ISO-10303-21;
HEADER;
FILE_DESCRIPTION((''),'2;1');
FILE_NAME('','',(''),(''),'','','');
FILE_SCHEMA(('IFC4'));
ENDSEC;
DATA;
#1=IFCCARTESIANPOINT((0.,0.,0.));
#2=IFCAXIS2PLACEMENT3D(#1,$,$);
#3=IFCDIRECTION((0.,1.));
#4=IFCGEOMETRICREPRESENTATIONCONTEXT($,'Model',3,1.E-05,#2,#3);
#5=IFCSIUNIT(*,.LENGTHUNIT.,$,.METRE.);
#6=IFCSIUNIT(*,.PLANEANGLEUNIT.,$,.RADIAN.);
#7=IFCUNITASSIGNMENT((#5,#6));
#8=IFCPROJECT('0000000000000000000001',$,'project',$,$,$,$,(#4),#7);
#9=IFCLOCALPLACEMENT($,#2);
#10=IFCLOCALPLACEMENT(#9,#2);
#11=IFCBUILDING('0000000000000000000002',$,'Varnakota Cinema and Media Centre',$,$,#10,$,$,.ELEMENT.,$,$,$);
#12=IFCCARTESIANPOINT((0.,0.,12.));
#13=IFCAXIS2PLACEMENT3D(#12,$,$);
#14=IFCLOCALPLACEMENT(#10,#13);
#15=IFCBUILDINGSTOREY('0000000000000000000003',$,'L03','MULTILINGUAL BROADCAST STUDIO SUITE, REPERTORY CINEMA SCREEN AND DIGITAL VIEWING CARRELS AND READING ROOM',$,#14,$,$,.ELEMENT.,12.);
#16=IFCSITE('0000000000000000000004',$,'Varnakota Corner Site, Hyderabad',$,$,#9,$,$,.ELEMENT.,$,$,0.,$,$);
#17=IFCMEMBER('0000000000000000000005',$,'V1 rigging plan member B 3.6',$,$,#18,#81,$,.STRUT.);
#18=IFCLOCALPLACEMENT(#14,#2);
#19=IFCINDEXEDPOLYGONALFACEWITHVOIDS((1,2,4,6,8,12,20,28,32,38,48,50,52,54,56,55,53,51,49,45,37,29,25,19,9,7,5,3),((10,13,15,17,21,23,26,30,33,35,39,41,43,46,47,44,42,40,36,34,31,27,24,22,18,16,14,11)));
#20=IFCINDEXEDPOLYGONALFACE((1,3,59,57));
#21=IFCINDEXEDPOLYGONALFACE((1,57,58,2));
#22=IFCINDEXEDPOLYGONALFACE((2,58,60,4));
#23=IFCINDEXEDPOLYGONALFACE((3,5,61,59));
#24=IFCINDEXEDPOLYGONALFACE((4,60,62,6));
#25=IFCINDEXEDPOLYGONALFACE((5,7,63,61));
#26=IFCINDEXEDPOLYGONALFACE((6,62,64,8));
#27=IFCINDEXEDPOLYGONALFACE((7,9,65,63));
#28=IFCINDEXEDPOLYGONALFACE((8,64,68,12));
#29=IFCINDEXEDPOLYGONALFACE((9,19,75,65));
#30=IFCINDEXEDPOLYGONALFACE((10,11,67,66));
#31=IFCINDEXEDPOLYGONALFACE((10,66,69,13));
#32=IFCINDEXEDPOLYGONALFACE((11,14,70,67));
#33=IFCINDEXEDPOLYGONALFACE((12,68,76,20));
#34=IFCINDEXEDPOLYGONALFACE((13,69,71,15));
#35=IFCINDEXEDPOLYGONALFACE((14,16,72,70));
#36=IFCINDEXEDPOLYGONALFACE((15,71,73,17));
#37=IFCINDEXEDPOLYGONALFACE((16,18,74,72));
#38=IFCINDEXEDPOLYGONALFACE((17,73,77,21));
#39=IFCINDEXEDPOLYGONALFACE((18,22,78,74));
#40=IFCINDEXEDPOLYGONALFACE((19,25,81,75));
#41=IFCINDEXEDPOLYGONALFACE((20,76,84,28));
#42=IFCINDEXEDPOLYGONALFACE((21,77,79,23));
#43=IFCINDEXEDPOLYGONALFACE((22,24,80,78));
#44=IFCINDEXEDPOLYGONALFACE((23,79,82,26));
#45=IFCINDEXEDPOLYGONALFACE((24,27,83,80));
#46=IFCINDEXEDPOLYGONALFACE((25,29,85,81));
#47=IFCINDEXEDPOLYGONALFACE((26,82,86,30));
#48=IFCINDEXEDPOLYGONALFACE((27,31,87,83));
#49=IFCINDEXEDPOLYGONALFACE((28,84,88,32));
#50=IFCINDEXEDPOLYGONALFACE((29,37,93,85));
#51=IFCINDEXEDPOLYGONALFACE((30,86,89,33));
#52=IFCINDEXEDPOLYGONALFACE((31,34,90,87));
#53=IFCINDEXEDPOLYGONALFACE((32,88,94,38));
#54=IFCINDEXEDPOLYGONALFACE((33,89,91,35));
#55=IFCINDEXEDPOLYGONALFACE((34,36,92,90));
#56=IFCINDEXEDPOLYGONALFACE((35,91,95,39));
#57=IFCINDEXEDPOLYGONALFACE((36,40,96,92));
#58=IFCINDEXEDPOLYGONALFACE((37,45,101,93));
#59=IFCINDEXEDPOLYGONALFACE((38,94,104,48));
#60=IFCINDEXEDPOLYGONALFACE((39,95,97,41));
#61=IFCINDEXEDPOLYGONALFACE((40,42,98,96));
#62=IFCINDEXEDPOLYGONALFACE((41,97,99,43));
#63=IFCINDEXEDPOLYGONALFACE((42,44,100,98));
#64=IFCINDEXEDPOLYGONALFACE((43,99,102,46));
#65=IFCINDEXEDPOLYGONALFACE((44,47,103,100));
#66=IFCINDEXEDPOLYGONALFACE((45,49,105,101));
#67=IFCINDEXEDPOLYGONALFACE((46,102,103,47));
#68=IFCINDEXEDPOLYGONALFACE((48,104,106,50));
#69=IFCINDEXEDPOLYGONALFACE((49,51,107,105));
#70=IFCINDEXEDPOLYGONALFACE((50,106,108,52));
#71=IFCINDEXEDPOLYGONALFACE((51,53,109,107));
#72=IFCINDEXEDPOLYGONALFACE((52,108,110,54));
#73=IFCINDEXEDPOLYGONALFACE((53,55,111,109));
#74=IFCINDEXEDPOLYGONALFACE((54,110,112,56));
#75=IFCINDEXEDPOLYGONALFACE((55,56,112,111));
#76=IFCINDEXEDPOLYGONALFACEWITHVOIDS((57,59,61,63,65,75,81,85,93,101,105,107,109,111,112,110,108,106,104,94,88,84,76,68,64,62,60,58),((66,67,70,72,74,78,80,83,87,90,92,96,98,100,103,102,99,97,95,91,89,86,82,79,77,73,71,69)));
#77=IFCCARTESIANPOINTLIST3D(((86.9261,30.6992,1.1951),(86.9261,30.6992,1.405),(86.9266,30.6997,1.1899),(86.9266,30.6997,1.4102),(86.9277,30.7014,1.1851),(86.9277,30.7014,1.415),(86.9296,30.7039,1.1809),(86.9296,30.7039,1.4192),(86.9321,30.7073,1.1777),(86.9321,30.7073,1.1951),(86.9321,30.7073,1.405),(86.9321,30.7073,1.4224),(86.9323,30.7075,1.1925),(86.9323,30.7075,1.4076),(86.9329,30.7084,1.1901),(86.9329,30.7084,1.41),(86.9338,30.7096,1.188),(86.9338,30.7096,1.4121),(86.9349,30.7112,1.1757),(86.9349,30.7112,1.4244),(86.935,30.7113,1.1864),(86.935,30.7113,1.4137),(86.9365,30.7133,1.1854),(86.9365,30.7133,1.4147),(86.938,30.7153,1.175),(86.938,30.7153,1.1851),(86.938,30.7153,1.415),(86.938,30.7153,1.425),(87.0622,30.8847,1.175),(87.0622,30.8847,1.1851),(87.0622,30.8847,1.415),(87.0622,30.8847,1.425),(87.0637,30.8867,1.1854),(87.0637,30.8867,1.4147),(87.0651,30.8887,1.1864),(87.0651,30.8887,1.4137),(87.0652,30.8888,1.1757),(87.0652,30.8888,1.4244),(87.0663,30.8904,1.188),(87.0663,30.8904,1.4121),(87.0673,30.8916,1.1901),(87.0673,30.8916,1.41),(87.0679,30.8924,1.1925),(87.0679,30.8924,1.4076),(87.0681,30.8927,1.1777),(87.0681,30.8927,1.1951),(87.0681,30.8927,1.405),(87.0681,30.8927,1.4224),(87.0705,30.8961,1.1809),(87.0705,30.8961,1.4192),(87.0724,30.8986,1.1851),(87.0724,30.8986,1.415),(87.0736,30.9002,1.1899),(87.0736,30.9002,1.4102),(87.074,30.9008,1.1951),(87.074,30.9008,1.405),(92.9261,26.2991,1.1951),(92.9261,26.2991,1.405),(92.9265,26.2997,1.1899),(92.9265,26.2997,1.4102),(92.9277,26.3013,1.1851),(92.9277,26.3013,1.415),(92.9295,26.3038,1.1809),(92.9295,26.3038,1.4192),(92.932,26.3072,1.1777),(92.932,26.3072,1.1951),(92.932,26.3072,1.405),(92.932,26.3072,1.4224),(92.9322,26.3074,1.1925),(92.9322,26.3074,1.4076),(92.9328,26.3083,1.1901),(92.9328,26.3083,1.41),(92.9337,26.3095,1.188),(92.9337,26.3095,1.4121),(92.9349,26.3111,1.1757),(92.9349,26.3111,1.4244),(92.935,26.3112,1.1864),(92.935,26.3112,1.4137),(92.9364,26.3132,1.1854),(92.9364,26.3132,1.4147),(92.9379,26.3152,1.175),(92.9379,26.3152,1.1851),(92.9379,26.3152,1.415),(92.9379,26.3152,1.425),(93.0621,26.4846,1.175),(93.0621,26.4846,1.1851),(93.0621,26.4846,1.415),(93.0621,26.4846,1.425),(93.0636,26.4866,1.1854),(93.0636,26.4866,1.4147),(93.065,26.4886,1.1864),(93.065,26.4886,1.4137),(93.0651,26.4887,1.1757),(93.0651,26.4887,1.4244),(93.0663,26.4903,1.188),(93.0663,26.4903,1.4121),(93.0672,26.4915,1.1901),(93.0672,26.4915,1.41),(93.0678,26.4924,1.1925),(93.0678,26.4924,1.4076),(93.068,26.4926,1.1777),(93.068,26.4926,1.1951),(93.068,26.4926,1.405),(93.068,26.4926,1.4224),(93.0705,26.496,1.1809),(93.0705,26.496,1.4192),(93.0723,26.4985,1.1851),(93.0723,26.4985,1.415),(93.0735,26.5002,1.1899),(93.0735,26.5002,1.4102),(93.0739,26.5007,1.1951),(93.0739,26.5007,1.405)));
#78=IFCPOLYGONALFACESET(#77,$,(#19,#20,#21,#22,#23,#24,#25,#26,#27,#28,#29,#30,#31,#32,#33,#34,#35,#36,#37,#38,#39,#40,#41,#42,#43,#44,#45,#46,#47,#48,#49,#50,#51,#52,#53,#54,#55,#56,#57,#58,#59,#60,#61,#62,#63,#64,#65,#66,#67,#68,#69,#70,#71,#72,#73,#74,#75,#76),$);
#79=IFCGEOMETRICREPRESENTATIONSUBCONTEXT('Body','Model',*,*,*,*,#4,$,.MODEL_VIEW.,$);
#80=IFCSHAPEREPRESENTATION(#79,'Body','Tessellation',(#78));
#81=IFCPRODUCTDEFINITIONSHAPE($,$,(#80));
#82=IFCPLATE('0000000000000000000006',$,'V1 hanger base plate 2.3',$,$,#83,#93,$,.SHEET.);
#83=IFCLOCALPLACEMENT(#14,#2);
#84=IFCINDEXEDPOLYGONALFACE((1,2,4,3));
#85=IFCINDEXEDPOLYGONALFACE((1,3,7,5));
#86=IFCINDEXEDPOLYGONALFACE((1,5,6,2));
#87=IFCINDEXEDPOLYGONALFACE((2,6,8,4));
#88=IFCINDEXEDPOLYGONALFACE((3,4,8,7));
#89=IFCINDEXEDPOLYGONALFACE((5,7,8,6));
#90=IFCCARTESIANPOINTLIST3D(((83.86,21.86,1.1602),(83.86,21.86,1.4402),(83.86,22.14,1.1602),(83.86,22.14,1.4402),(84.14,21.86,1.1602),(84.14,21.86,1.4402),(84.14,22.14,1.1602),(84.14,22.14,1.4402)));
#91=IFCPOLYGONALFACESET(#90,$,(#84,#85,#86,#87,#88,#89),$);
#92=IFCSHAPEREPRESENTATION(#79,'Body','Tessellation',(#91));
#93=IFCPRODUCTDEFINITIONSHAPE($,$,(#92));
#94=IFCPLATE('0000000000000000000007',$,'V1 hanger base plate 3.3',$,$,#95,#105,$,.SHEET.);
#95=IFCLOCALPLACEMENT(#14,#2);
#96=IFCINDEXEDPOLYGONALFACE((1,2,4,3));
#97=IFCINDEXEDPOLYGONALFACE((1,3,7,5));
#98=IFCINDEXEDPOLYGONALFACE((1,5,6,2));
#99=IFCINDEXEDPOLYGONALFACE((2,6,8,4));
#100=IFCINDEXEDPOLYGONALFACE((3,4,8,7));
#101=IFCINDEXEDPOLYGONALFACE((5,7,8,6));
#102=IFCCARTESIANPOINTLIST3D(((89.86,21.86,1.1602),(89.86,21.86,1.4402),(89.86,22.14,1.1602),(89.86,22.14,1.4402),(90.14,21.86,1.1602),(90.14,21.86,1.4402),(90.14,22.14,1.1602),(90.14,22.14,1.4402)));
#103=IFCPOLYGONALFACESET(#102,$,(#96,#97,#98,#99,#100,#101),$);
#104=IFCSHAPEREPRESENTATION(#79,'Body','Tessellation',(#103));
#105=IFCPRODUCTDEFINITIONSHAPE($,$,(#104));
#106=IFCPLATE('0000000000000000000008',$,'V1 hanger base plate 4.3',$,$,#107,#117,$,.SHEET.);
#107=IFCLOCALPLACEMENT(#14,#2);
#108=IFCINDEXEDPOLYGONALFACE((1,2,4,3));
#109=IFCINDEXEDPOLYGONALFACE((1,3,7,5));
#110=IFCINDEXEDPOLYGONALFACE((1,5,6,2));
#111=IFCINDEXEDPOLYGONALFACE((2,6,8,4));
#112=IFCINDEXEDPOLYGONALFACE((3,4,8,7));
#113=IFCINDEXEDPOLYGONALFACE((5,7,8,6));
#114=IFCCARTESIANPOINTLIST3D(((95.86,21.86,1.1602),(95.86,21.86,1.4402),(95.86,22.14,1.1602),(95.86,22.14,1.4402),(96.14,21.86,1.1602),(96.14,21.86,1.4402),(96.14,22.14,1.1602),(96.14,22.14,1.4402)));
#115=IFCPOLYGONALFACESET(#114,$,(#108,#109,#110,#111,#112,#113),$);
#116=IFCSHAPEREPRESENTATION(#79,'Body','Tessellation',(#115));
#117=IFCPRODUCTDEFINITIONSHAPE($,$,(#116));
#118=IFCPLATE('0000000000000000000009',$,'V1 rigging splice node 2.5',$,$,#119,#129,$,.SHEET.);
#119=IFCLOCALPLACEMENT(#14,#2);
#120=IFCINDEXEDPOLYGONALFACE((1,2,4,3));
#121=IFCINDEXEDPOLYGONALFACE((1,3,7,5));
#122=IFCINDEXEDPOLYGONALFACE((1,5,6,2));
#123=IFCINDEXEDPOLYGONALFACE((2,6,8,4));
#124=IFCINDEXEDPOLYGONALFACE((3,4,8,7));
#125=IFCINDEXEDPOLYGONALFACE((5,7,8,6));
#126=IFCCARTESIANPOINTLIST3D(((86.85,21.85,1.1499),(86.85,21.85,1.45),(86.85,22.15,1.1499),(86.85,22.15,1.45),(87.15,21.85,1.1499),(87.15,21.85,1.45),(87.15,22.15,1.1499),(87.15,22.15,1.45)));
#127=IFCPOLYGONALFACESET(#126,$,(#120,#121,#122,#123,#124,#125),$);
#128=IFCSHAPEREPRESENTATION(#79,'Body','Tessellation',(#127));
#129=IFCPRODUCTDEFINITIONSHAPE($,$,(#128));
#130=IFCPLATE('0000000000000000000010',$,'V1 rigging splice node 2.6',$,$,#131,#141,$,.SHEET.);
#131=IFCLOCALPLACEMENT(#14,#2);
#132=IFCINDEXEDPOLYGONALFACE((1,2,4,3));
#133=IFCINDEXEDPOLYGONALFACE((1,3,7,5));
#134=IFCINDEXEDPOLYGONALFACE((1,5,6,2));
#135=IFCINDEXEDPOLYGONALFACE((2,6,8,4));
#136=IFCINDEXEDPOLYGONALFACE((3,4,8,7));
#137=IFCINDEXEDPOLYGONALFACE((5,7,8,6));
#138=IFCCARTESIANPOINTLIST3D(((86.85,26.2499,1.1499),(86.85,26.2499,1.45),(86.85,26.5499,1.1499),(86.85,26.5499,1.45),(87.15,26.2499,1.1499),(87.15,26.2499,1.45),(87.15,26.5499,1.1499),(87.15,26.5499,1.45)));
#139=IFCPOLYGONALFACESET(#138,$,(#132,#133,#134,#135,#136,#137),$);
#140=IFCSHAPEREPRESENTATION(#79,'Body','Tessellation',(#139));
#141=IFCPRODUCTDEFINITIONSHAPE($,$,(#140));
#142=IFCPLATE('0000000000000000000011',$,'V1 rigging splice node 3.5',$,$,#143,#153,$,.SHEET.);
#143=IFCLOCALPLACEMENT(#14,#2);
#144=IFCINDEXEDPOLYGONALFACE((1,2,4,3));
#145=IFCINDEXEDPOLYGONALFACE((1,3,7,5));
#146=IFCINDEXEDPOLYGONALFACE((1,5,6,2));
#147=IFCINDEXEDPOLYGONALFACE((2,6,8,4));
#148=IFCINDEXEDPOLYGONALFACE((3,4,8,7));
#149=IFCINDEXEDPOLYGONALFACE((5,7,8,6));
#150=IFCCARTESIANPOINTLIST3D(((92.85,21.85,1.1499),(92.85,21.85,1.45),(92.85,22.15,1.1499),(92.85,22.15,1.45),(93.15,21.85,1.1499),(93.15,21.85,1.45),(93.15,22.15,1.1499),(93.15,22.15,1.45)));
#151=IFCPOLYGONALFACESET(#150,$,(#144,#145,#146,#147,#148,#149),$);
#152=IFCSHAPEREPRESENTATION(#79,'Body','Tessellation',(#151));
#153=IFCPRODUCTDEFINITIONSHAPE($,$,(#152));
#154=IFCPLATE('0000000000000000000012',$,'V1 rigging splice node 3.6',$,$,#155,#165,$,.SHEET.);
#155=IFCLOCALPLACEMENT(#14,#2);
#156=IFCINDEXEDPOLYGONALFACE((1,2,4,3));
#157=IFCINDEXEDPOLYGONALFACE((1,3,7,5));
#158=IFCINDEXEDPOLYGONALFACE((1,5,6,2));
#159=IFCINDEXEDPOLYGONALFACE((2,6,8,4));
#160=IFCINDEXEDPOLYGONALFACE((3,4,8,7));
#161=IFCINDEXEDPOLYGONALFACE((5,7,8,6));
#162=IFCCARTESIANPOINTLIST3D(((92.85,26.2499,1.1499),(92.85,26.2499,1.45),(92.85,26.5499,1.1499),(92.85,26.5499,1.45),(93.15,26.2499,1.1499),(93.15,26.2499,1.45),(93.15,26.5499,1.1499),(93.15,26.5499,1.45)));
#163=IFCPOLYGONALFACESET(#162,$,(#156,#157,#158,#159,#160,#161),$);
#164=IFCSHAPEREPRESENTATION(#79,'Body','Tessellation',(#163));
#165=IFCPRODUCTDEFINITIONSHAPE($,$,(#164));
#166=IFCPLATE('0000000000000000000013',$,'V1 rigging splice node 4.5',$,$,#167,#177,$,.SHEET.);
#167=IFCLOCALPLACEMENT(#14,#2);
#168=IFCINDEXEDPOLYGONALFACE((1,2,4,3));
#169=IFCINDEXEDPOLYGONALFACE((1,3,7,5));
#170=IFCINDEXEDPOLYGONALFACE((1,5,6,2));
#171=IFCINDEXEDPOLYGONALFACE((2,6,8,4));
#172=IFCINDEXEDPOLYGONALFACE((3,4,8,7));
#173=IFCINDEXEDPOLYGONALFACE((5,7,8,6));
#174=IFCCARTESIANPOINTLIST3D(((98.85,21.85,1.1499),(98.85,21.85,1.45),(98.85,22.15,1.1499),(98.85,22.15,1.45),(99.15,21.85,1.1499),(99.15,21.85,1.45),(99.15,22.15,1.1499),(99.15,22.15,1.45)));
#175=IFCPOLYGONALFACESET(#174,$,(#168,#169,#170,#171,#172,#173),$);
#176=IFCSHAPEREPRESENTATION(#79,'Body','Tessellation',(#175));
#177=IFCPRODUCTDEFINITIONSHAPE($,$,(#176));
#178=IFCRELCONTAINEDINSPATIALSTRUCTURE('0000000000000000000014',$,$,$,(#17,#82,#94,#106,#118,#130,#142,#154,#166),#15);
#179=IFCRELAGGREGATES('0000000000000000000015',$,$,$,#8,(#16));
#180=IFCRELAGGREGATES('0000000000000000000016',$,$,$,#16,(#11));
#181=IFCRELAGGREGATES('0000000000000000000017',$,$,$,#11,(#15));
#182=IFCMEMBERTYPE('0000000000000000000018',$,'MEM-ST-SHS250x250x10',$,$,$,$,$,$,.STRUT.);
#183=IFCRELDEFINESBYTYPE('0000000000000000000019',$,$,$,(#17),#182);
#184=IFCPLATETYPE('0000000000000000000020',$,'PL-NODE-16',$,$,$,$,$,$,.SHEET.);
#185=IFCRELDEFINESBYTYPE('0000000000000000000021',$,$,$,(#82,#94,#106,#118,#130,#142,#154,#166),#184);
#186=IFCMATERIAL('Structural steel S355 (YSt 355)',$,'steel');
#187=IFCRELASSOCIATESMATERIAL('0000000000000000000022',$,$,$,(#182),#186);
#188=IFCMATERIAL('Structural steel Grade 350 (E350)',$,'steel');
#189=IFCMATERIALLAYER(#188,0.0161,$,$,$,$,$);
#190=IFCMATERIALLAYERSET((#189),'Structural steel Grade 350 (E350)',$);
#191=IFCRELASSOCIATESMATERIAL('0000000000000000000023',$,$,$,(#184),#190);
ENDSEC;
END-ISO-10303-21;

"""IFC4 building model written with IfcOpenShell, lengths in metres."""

from ifc_helpers import new_model, si_unit, direction, frame, origin, origin_2d, place, context, subcontext, project, spatial, rectangle, hollow_rectangle, extrude, material, layer, layer_set, material_profile, profile_set, type_object, element, save


model = new_model("IFC4")

# Units and contexts
model_context = context("Model", 3, precision=1e-05, world=origin(), true_north=direction((0.0, 1.0)))
body_context = subcontext(model_context, "Body", "Model", "MODEL_VIEW")
ifc_project = project(units=[si_unit("LENGTHUNIT", "METRE"), si_unit("PLANEANGLEUNIT", "RADIAN")], contexts=[model_context])

# Site, building, storey
site_placement = place(None, origin())
site = spatial("IfcSite", under=ifc_project, at=site_placement, Name="Varnakota Corner Site, Hyderabad", CompositionType="ELEMENT", RefElevation=0.0)
building_placement = place(site_placement, origin())
building = spatial("IfcBuilding", under=site, at=building_placement, Name="Varnakota Cinema and Media Centre", CompositionType="ELEMENT")
storey_placement = place(building_placement, frame((0.0, 0.0, 12.0)))
storey = spatial("IfcBuildingStorey", under=building, at=storey_placement, Name="L03", Description="MULTILINGUAL BROADCAST STUDIO SUITE, REPERTORY CINEMA SCREEN AND DIGITAL VIEWING CARRELS AND READING ROOM", CompositionType="ELEMENT", Elevation=12.0)

# Member
ifc_material_1 = material(Name="Structural steel S355 (YSt 355)", Category="steel")
ifc_material_profile_1 = material_profile(ifc_material_1, hollow_rectangle(XDim=0.25, YDim=0.25, WallThickness=0.01, InnerFilletRadius=0.01, OuterFilletRadius=0.02, at=origin_2d()), Name="SHS 250x250x10")
ifc_profile_set_1 = profile_set([ifc_material_profile_1], Name="Structural steel S355 (YSt 355)")
member_type_1 = type_object("IfcMemberType", Name="MEM-ST-SHS250x250x10", PredefinedType="STRUT", material=ifc_profile_set_1)
member_1_placement = place(storey_placement, frame((93.0, 26.3999, 1.3), z_axis=(-0.806396, 0.591376, 0.0), x_axis=(-0.591376, -0.806396, 0.0)))
element("IfcMember", 1, at=member_1_placement, inside=storey, type_object=member_type_1, Name="V1 rigging plan member B 3.6", PredefinedType="STRUT", context=body_context, shape_type="SweptSolid", body=[
    extrude(hollow_rectangle(XDim=0.25, YDim=0.25, WallThickness=0.01, InnerFilletRadius=0.01, OuterFilletRadius=0.02, at=origin_2d()), origin(), (0.0, 0.0, 1.0), 7.4404),
])

# Plates
ifc_material_2 = material(Name="Structural steel Grade 350 (E350)", Category="steel")
ifc_layer = layer(ifc_material_2, 0.0161)
ifc_layer_set = layer_set([ifc_layer], Name="Structural steel Grade 350 (E350)")
plate_type = type_object("IfcPlateType", Name="PL-NODE-16", PredefinedType="SHEET", material=ifc_layer_set)
for number, where, z_axis, x_axis, name in (
    (2, (84.0, 22.0, 1.1602), (0.0, 0.0, 1.0), (1.0, 0.0, 0.0), "V1 hanger base plate 2.3"),
    (3, (90.0, 22.0, 1.1602), (0.0, 0.0, 1.0), (1.0, 0.0, 0.0), "V1 hanger base plate 3.3"),
    (4, (96.0, 22.0, 1.1602), (0.0, 0.0, 1.0), (1.0, 0.0, 0.0), "V1 hanger base plate 4.3"),
):
    element("IfcPlate", number, at=place(storey_placement, frame(where, z_axis=z_axis, x_axis=x_axis)), inside=storey, type_object=plate_type, Name=name, PredefinedType="SHEET", context=body_context, shape_type="SweptSolid", body=[
        extrude(rectangle(XDim=0.28, YDim=0.28, at=origin_2d()), origin(), (0.0, 0.0, 1.0), 0.28),
    ])
for number, where, z_axis, x_axis, name in (
    (5, (87.0, 22.0, 1.1499), (0.0, 0.0, 1.0), (1.0, 0.0, 0.0), "V1 rigging splice node 2.5"),
    (6, (87.0, 26.3999, 1.1499), (0.0, 0.0, 1.0), (1.0, 0.0, 0.0), "V1 rigging splice node 2.6"),
    (7, (93.0, 22.0, 1.1499), (0.0, 0.0, 1.0), (1.0, 0.0, 0.0), "V1 rigging splice node 3.5"),
    (8, (93.0, 26.3999, 1.1499), (0.0, 0.0, 1.0), (1.0, 0.0, 0.0), "V1 rigging splice node 3.6"),
    (9, (99.0, 22.0, 1.1499), (0.0, 0.0, 1.0), (1.0, 0.0, 0.0), "V1 rigging splice node 4.5"),
):
    element("IfcPlate", number, at=place(storey_placement, frame(where, z_axis=z_axis, x_axis=x_axis)), inside=storey, type_object=plate_type, Name=name, PredefinedType="SHEET", context=body_context, shape_type="SweptSolid", body=[
        extrude(rectangle(XDim=0.3, YDim=0.3, at=origin_2d()), origin(), (0.0, 0.0, 1.0), 0.3),
    ])

save(model, "model.ifc")
